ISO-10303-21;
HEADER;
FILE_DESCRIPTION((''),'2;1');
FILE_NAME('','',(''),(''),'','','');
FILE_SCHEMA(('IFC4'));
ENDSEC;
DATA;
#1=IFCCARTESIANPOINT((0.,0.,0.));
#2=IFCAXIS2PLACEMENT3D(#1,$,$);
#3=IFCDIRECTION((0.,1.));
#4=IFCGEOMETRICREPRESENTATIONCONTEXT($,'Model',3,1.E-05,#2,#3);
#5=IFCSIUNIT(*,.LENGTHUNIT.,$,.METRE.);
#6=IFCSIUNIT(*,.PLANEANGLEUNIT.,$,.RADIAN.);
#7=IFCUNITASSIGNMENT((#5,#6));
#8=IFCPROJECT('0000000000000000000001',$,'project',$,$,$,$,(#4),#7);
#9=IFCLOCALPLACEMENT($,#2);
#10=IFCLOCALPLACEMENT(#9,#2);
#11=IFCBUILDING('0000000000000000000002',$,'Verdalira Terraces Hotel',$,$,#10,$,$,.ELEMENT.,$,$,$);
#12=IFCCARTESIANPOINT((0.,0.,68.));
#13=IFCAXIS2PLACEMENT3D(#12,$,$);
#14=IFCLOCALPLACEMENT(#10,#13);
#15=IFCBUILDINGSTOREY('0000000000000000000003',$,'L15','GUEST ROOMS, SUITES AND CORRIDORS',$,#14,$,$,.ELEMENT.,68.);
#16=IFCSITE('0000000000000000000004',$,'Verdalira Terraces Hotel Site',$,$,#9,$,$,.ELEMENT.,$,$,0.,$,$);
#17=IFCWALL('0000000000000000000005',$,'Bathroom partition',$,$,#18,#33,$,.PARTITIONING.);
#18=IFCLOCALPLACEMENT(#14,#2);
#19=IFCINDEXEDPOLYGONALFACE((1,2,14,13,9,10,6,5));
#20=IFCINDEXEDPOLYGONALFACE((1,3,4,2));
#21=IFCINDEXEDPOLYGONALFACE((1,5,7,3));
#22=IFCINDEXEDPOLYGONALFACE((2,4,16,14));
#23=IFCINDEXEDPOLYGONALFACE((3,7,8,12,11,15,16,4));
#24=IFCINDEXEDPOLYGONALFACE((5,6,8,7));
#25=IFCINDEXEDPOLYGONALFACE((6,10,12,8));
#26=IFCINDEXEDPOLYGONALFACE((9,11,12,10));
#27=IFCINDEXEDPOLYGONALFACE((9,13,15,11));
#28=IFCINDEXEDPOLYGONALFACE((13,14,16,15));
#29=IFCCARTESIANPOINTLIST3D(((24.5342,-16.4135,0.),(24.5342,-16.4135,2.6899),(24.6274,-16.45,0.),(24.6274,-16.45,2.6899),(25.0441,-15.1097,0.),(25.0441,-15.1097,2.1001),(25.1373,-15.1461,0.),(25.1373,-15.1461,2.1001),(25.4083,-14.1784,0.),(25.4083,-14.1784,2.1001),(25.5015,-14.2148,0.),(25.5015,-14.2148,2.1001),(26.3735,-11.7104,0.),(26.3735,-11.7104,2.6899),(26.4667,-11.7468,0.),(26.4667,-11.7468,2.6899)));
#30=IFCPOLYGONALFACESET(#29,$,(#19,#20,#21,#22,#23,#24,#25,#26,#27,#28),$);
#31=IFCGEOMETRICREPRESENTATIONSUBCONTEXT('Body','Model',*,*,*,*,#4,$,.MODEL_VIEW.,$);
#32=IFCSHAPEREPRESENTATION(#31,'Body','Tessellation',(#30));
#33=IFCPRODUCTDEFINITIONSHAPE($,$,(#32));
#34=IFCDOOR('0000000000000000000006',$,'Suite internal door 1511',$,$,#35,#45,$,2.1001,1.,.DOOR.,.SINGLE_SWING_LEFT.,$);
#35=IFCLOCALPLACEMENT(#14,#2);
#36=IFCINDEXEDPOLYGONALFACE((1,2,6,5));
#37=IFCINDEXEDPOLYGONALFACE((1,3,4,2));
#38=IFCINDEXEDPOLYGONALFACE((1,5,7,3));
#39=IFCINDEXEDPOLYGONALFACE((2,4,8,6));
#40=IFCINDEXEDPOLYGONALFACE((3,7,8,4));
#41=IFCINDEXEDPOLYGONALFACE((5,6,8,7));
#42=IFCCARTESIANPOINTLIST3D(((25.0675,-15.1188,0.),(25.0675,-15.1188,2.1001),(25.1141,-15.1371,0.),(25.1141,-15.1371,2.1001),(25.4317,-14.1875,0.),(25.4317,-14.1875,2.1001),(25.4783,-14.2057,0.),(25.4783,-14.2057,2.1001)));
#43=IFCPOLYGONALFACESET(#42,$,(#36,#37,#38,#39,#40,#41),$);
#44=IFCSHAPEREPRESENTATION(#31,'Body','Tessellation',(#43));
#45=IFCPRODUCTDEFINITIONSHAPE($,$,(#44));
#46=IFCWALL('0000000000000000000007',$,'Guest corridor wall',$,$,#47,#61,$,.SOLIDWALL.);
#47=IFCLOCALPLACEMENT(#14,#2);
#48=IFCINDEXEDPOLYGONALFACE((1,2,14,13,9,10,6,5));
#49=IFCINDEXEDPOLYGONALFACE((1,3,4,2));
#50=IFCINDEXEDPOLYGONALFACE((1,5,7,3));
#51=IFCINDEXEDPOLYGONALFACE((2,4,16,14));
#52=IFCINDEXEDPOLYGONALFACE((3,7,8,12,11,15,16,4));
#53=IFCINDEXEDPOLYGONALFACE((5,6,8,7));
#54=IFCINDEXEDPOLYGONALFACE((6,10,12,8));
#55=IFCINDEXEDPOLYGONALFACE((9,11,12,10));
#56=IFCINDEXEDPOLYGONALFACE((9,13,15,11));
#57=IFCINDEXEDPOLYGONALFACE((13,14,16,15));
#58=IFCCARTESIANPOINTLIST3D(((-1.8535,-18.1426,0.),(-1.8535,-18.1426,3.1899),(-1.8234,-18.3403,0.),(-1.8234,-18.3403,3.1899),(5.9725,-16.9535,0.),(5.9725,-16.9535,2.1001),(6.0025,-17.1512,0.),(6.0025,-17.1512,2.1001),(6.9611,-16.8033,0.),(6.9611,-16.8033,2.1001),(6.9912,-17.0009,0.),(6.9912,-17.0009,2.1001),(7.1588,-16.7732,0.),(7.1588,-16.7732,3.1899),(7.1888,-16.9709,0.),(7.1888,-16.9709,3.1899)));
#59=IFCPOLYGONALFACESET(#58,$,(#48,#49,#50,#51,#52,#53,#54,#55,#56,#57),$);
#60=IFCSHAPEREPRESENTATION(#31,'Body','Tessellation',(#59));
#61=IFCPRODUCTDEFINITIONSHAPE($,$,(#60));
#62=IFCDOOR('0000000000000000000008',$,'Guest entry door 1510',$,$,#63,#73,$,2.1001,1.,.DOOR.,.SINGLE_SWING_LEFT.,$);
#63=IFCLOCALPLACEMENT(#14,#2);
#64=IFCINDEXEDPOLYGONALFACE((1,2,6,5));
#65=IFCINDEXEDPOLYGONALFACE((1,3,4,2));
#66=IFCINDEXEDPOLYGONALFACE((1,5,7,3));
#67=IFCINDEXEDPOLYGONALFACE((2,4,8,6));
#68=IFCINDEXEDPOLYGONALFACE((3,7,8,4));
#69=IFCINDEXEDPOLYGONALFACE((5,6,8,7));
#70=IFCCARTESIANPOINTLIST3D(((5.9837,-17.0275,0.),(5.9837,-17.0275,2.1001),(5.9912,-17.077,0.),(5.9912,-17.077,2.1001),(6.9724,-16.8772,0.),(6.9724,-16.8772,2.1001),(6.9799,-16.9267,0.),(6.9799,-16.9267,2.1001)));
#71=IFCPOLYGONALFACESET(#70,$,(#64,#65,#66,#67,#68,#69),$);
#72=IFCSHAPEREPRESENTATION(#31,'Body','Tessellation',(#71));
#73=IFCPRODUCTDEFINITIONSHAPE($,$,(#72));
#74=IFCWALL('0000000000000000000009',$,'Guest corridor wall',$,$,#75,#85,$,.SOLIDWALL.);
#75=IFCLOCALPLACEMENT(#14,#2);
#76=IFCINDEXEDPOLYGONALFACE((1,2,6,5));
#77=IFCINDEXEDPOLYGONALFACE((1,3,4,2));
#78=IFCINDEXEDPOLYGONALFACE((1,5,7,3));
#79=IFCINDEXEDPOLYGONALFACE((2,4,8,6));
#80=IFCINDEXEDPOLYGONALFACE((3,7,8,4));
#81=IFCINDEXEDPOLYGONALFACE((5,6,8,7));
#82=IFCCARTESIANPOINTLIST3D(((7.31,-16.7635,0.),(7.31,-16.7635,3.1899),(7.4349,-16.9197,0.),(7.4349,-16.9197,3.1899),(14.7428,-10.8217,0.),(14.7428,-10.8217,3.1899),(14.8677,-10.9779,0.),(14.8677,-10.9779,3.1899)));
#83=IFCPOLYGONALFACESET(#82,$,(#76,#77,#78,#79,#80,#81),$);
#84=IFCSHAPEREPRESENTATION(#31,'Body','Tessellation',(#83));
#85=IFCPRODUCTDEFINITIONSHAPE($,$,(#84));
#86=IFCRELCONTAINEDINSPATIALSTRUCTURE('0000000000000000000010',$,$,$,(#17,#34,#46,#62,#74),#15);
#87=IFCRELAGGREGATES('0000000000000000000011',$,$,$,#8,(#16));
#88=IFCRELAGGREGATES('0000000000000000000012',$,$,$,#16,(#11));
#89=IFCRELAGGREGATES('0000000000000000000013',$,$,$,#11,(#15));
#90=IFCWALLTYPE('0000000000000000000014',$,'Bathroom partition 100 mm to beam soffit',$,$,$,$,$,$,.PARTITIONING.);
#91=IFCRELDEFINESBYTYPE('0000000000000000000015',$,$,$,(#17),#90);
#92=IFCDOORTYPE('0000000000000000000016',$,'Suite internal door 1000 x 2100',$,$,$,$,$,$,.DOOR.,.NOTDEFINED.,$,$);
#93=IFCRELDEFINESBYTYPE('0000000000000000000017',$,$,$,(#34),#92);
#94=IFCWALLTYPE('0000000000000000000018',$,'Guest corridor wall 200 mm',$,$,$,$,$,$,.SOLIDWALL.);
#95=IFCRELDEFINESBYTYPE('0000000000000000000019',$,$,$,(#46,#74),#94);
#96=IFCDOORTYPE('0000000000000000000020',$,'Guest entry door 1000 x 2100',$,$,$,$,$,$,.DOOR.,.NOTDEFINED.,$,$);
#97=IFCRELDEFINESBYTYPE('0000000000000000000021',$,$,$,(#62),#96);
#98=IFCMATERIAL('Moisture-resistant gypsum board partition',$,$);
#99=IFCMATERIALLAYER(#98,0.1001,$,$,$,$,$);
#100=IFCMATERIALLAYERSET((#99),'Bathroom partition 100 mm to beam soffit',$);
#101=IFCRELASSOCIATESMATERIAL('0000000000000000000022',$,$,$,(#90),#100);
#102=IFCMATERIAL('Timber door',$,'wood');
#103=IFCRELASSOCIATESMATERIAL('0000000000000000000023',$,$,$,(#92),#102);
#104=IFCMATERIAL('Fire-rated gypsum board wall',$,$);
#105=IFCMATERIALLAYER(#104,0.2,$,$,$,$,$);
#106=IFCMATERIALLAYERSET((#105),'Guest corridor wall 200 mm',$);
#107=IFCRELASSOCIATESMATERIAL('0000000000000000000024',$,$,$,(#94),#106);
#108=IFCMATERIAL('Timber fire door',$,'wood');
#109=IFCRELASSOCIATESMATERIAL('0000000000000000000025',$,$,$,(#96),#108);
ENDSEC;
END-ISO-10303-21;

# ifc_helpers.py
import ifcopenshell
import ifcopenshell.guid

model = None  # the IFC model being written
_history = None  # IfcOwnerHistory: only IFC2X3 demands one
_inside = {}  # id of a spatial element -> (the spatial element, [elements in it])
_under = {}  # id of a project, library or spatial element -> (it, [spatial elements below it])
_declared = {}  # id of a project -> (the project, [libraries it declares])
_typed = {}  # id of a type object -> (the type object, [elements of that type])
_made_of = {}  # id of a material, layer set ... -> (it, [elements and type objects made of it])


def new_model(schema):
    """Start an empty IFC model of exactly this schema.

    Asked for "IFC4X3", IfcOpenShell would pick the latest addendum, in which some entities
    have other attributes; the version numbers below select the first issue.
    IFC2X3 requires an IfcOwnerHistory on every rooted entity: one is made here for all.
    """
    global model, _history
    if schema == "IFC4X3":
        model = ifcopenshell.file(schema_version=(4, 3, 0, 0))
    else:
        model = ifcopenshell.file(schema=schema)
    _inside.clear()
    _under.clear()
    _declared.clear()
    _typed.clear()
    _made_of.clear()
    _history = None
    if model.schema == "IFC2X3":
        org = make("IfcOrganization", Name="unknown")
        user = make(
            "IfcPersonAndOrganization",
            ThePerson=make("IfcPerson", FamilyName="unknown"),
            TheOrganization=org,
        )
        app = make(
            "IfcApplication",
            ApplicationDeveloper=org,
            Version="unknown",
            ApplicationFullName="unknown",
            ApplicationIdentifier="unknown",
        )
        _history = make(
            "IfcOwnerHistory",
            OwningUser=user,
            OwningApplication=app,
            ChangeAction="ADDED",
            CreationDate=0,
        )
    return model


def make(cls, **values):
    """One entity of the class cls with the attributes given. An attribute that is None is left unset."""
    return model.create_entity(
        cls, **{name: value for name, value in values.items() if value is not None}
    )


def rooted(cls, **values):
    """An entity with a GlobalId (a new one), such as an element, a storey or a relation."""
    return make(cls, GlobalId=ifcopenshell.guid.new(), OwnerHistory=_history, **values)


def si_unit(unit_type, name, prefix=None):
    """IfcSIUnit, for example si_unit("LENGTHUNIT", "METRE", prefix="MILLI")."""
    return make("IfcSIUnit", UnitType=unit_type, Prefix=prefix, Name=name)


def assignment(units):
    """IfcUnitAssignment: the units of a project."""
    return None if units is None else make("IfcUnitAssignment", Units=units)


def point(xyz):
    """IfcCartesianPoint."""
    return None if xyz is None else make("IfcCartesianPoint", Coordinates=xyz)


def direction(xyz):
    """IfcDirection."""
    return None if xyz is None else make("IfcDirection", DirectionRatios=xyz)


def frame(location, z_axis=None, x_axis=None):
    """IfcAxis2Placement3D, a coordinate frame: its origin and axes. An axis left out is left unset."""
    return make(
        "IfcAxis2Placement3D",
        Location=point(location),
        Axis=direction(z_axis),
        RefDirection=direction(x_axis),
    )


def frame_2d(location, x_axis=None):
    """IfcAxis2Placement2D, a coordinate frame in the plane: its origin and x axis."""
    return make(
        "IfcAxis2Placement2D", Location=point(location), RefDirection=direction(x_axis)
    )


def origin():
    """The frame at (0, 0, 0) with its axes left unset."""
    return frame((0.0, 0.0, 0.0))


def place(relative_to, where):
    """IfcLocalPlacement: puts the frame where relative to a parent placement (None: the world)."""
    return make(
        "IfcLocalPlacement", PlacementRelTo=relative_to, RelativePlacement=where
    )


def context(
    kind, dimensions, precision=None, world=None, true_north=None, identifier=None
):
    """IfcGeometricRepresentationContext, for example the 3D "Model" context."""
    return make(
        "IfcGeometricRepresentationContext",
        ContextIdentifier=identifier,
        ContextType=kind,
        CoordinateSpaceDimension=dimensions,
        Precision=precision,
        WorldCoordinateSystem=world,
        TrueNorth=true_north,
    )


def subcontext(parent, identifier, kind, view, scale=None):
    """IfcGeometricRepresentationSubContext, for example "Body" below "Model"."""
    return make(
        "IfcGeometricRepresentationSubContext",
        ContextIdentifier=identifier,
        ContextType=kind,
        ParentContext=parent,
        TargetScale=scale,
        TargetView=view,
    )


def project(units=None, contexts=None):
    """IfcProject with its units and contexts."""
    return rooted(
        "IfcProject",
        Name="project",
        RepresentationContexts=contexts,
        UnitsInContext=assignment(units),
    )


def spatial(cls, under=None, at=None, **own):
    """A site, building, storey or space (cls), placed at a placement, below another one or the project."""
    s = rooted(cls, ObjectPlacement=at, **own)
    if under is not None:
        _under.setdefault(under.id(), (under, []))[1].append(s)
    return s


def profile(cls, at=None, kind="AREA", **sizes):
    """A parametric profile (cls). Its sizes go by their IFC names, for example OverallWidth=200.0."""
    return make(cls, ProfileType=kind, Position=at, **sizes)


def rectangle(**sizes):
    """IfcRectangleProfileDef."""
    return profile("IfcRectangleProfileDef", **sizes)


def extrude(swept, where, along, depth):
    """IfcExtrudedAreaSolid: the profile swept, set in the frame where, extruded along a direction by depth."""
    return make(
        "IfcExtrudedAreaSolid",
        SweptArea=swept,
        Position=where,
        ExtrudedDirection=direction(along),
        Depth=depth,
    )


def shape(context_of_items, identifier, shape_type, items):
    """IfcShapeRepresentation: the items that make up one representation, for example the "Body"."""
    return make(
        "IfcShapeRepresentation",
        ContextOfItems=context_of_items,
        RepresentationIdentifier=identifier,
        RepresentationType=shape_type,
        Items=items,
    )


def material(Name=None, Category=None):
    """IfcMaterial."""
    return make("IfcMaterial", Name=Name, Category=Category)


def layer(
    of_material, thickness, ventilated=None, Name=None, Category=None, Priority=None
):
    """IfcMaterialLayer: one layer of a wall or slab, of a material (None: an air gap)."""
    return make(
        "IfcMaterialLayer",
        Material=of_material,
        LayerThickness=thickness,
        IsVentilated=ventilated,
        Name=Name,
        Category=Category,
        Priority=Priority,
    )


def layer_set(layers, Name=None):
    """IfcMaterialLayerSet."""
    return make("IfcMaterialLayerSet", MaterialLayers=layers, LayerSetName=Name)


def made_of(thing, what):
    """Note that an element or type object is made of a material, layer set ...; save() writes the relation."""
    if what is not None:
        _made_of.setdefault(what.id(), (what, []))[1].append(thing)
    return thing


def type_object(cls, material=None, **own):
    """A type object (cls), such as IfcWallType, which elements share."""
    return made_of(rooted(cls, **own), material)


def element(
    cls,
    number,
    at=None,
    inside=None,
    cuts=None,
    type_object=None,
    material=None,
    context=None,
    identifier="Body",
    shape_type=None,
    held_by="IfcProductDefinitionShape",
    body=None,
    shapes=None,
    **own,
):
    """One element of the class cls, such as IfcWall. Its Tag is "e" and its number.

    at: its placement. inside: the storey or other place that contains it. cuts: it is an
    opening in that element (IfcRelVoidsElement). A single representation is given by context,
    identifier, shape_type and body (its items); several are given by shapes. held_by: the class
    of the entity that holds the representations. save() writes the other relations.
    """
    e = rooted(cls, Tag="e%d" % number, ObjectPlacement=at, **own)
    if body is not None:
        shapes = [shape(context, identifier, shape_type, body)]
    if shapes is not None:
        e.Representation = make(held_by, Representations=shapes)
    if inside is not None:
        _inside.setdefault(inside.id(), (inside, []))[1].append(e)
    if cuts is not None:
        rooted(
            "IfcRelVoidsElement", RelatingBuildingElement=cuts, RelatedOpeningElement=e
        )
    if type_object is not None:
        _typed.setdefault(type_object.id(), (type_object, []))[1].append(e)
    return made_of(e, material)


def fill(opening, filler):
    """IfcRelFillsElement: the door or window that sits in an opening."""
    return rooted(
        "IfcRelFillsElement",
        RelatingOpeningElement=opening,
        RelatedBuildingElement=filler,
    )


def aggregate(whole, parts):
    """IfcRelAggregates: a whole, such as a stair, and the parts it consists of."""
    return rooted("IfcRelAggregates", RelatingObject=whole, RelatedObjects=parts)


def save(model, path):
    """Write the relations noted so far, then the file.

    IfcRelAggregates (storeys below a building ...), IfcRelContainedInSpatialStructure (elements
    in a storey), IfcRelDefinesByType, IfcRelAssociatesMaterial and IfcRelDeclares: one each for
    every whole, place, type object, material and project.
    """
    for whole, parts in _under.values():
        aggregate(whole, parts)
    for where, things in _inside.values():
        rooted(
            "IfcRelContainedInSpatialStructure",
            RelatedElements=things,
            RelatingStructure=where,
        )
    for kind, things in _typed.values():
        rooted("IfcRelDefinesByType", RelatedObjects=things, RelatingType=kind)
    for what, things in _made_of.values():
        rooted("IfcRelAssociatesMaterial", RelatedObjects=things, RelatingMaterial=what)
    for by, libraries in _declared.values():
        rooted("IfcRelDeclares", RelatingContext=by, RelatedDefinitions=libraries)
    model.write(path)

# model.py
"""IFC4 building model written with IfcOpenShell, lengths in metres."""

from ifc_helpers import new_model, si_unit, direction, frame, frame_2d, origin, place, context, subcontext, project, spatial, rectangle, extrude, material, layer, layer_set, type_object, element, fill, save


model = new_model("IFC4")

# Units and contexts
model_context = context("Model", 3, precision=1e-05, world=origin(), true_north=direction((0.0, 1.0)))
body_context = subcontext(model_context, "Body", "Model", "MODEL_VIEW")
ifc_project = project(units=[si_unit("LENGTHUNIT", "METRE"), si_unit("PLANEANGLEUNIT", "RADIAN")], contexts=[model_context])

# Site, building, storey
site_placement = place(None, origin())
site = spatial("IfcSite", under=ifc_project, at=site_placement, Name="Verdalira Terraces Hotel Site", CompositionType="ELEMENT", RefElevation=0.0)
building_placement = place(site_placement, origin())
building = spatial("IfcBuilding", under=site, at=building_placement, Name="Verdalira Terraces Hotel", CompositionType="ELEMENT")
storey_placement = place(building_placement, frame((0.0, 0.0, 68.0)))
storey = spatial("IfcBuildingStorey", under=building, at=storey_placement, Name="L15", Description="GUEST ROOMS, SUITES AND CORRIDORS", CompositionType="ELEMENT", Elevation=68.0)

# Walls, openings, doors
ifc_material_1 = material(Name="Moisture-resistant gypsum board partition")
ifc_layer_1 = layer(ifc_material_1, 0.1001)
ifc_layer_set_1 = layer_set([ifc_layer_1], Name="Bathroom partition 100 mm to beam soffit")
wall_type_1 = type_object("IfcWallType", Name="Bathroom partition 100 mm to beam soffit", PredefinedType="PARTITIONING", material=ifc_layer_set_1)
wall_1_placement = place(storey_placement, frame((24.5808, -16.4316, 0.0), z_axis=(0.0, 0.0, 1.0), x_axis=(0.364228, 0.93131, 0.0)))
wall_1 = element("IfcWall", 1, at=wall_1_placement, inside=storey, type_object=wall_type_1, Name="Bathroom partition", PredefinedType="PARTITIONING", context=body_context, shape_type="SweptSolid", body=[
    extrude(rectangle(XDim=5.05, YDim=0.1001, at=frame_2d((2.5249, 0.0))), origin(), (0.0, 0.0, 1.0), 2.6899),
])
opening_1_placement = place(wall_1_placement, frame((1.3999, 0.0, 0.0)))
opening_1 = element("IfcOpeningElement", 2, at=opening_1_placement, cuts=wall_1, PredefinedType="OPENING", context=body_context, shape_type="SweptSolid", body=[
    extrude(rectangle(XDim=1.0, YDim=2.1001, at=frame_2d((0.5, 1.05))), frame((0.0, 0.0601, 0.0), z_axis=(0.0, -1.0, 0.0), x_axis=(1.0, 0.0, 0.0)), (0.0, 0.0, 1.0), 0.1201),
])
ifc_material_2 = material(Name="Timber door", Category="wood")
door_type_1 = type_object("IfcDoorType", Name="Suite internal door 1000 x 2100", OperationType="NOTDEFINED", PredefinedType="DOOR", material=ifc_material_2)
door_1_placement = place(opening_1_placement, origin())
door_1 = element("IfcDoor", 3, at=door_1_placement, inside=storey, type_object=door_type_1, Name="Suite internal door 1511", OperationType="SINGLE_SWING_LEFT", OverallHeight=2.1001, OverallWidth=1.0, PredefinedType="DOOR", context=body_context, shape_type="SweptSolid", body=[
    extrude(rectangle(XDim=1.0, YDim=2.1001, at=frame_2d((0.5, 1.05))), frame((0.0, 0.0249, 0.0), z_axis=(0.0, -1.0, 0.0), x_axis=(1.0, 0.0, 0.0)), (0.0, 0.0, 1.0), 0.05),
])
fill(opening_1, door_1)
ifc_material_3 = material(Name="Fire-rated gypsum board wall")
ifc_layer_2 = layer(ifc_material_3, 0.2)
ifc_layer_set_2 = layer_set([ifc_layer_2], Name="Guest corridor wall 200 mm")
wall_type_2 = type_object("IfcWallType", Name="Guest corridor wall 200 mm", PredefinedType="SOLIDWALL", material=ifc_layer_set_2)
wall_2_placement = place(storey_placement, frame((7.1738, -16.8721, 0.0), z_axis=(0.0, 0.0, 1.0), x_axis=(-0.988652, -0.150223, 0.0)))
wall_2 = element("IfcWall", 4, at=wall_2_placement, inside=storey, type_object=wall_type_2, Name="Guest corridor wall", PredefinedType="SOLIDWALL", context=body_context, shape_type="SweptSolid", body=[
    extrude(rectangle(XDim=9.1157, YDim=0.2, at=frame_2d((4.5579, 0.0))), origin(), (0.0, 0.0, 1.0), 3.1899),
])
opening_2_placement = place(wall_2_placement, frame((0.2, 0.0, 0.0)))
opening_2 = element("IfcOpeningElement", 5, at=opening_2_placement, cuts=wall_2, PredefinedType="OPENING", context=body_context, shape_type="SweptSolid", body=[
    extrude(rectangle(XDim=1.0, YDim=2.1001, at=frame_2d((0.5, 1.05))), frame((0.0, 0.1099, 0.0), z_axis=(0.0, -1.0, 0.0), x_axis=(1.0, 0.0, 0.0)), (0.0, 0.0, 1.0), 0.22),
])
ifc_material_4 = material(Name="Timber fire door", Category="wood")
door_type_2 = type_object("IfcDoorType", Name="Guest entry door 1000 x 2100", OperationType="NOTDEFINED", PredefinedType="DOOR", material=ifc_material_4)
door_2_placement = place(opening_2_placement, origin())
door_2 = element("IfcDoor", 6, at=door_2_placement, inside=storey, type_object=door_type_2, Name="Guest entry door 1510", OperationType="SINGLE_SWING_LEFT", OverallHeight=2.1001, OverallWidth=1.0, PredefinedType="DOOR", context=body_context, shape_type="SweptSolid", body=[
    extrude(rectangle(XDim=1.0, YDim=2.1001, at=frame_2d((0.5, 1.05))), frame((0.0, 0.0249, 0.0), z_axis=(0.0, -1.0, 0.0), x_axis=(1.0, 0.0, 0.0)), (0.0, 0.0, 1.0), 0.05),
])
fill(opening_2, door_2)

# Wall
wall_3_placement = place(storey_placement, frame((7.3726, -16.8416, 0.0), z_axis=(0.0, 0.0, 1.0), x_axis=(0.781094, 0.624413, 0.0)))
element("IfcWall", 7, at=wall_3_placement, inside=storey, type_object=wall_type_2, Name="Guest corridor wall", PredefinedType="SOLIDWALL", context=body_context, shape_type="SweptSolid", body=[
    extrude(rectangle(XDim=9.5159, YDim=0.2, at=frame_2d((4.7578, 0.0))), origin(), (0.0, 0.0, 1.0), 3.1899),
])

save(model, "model.ifc")
